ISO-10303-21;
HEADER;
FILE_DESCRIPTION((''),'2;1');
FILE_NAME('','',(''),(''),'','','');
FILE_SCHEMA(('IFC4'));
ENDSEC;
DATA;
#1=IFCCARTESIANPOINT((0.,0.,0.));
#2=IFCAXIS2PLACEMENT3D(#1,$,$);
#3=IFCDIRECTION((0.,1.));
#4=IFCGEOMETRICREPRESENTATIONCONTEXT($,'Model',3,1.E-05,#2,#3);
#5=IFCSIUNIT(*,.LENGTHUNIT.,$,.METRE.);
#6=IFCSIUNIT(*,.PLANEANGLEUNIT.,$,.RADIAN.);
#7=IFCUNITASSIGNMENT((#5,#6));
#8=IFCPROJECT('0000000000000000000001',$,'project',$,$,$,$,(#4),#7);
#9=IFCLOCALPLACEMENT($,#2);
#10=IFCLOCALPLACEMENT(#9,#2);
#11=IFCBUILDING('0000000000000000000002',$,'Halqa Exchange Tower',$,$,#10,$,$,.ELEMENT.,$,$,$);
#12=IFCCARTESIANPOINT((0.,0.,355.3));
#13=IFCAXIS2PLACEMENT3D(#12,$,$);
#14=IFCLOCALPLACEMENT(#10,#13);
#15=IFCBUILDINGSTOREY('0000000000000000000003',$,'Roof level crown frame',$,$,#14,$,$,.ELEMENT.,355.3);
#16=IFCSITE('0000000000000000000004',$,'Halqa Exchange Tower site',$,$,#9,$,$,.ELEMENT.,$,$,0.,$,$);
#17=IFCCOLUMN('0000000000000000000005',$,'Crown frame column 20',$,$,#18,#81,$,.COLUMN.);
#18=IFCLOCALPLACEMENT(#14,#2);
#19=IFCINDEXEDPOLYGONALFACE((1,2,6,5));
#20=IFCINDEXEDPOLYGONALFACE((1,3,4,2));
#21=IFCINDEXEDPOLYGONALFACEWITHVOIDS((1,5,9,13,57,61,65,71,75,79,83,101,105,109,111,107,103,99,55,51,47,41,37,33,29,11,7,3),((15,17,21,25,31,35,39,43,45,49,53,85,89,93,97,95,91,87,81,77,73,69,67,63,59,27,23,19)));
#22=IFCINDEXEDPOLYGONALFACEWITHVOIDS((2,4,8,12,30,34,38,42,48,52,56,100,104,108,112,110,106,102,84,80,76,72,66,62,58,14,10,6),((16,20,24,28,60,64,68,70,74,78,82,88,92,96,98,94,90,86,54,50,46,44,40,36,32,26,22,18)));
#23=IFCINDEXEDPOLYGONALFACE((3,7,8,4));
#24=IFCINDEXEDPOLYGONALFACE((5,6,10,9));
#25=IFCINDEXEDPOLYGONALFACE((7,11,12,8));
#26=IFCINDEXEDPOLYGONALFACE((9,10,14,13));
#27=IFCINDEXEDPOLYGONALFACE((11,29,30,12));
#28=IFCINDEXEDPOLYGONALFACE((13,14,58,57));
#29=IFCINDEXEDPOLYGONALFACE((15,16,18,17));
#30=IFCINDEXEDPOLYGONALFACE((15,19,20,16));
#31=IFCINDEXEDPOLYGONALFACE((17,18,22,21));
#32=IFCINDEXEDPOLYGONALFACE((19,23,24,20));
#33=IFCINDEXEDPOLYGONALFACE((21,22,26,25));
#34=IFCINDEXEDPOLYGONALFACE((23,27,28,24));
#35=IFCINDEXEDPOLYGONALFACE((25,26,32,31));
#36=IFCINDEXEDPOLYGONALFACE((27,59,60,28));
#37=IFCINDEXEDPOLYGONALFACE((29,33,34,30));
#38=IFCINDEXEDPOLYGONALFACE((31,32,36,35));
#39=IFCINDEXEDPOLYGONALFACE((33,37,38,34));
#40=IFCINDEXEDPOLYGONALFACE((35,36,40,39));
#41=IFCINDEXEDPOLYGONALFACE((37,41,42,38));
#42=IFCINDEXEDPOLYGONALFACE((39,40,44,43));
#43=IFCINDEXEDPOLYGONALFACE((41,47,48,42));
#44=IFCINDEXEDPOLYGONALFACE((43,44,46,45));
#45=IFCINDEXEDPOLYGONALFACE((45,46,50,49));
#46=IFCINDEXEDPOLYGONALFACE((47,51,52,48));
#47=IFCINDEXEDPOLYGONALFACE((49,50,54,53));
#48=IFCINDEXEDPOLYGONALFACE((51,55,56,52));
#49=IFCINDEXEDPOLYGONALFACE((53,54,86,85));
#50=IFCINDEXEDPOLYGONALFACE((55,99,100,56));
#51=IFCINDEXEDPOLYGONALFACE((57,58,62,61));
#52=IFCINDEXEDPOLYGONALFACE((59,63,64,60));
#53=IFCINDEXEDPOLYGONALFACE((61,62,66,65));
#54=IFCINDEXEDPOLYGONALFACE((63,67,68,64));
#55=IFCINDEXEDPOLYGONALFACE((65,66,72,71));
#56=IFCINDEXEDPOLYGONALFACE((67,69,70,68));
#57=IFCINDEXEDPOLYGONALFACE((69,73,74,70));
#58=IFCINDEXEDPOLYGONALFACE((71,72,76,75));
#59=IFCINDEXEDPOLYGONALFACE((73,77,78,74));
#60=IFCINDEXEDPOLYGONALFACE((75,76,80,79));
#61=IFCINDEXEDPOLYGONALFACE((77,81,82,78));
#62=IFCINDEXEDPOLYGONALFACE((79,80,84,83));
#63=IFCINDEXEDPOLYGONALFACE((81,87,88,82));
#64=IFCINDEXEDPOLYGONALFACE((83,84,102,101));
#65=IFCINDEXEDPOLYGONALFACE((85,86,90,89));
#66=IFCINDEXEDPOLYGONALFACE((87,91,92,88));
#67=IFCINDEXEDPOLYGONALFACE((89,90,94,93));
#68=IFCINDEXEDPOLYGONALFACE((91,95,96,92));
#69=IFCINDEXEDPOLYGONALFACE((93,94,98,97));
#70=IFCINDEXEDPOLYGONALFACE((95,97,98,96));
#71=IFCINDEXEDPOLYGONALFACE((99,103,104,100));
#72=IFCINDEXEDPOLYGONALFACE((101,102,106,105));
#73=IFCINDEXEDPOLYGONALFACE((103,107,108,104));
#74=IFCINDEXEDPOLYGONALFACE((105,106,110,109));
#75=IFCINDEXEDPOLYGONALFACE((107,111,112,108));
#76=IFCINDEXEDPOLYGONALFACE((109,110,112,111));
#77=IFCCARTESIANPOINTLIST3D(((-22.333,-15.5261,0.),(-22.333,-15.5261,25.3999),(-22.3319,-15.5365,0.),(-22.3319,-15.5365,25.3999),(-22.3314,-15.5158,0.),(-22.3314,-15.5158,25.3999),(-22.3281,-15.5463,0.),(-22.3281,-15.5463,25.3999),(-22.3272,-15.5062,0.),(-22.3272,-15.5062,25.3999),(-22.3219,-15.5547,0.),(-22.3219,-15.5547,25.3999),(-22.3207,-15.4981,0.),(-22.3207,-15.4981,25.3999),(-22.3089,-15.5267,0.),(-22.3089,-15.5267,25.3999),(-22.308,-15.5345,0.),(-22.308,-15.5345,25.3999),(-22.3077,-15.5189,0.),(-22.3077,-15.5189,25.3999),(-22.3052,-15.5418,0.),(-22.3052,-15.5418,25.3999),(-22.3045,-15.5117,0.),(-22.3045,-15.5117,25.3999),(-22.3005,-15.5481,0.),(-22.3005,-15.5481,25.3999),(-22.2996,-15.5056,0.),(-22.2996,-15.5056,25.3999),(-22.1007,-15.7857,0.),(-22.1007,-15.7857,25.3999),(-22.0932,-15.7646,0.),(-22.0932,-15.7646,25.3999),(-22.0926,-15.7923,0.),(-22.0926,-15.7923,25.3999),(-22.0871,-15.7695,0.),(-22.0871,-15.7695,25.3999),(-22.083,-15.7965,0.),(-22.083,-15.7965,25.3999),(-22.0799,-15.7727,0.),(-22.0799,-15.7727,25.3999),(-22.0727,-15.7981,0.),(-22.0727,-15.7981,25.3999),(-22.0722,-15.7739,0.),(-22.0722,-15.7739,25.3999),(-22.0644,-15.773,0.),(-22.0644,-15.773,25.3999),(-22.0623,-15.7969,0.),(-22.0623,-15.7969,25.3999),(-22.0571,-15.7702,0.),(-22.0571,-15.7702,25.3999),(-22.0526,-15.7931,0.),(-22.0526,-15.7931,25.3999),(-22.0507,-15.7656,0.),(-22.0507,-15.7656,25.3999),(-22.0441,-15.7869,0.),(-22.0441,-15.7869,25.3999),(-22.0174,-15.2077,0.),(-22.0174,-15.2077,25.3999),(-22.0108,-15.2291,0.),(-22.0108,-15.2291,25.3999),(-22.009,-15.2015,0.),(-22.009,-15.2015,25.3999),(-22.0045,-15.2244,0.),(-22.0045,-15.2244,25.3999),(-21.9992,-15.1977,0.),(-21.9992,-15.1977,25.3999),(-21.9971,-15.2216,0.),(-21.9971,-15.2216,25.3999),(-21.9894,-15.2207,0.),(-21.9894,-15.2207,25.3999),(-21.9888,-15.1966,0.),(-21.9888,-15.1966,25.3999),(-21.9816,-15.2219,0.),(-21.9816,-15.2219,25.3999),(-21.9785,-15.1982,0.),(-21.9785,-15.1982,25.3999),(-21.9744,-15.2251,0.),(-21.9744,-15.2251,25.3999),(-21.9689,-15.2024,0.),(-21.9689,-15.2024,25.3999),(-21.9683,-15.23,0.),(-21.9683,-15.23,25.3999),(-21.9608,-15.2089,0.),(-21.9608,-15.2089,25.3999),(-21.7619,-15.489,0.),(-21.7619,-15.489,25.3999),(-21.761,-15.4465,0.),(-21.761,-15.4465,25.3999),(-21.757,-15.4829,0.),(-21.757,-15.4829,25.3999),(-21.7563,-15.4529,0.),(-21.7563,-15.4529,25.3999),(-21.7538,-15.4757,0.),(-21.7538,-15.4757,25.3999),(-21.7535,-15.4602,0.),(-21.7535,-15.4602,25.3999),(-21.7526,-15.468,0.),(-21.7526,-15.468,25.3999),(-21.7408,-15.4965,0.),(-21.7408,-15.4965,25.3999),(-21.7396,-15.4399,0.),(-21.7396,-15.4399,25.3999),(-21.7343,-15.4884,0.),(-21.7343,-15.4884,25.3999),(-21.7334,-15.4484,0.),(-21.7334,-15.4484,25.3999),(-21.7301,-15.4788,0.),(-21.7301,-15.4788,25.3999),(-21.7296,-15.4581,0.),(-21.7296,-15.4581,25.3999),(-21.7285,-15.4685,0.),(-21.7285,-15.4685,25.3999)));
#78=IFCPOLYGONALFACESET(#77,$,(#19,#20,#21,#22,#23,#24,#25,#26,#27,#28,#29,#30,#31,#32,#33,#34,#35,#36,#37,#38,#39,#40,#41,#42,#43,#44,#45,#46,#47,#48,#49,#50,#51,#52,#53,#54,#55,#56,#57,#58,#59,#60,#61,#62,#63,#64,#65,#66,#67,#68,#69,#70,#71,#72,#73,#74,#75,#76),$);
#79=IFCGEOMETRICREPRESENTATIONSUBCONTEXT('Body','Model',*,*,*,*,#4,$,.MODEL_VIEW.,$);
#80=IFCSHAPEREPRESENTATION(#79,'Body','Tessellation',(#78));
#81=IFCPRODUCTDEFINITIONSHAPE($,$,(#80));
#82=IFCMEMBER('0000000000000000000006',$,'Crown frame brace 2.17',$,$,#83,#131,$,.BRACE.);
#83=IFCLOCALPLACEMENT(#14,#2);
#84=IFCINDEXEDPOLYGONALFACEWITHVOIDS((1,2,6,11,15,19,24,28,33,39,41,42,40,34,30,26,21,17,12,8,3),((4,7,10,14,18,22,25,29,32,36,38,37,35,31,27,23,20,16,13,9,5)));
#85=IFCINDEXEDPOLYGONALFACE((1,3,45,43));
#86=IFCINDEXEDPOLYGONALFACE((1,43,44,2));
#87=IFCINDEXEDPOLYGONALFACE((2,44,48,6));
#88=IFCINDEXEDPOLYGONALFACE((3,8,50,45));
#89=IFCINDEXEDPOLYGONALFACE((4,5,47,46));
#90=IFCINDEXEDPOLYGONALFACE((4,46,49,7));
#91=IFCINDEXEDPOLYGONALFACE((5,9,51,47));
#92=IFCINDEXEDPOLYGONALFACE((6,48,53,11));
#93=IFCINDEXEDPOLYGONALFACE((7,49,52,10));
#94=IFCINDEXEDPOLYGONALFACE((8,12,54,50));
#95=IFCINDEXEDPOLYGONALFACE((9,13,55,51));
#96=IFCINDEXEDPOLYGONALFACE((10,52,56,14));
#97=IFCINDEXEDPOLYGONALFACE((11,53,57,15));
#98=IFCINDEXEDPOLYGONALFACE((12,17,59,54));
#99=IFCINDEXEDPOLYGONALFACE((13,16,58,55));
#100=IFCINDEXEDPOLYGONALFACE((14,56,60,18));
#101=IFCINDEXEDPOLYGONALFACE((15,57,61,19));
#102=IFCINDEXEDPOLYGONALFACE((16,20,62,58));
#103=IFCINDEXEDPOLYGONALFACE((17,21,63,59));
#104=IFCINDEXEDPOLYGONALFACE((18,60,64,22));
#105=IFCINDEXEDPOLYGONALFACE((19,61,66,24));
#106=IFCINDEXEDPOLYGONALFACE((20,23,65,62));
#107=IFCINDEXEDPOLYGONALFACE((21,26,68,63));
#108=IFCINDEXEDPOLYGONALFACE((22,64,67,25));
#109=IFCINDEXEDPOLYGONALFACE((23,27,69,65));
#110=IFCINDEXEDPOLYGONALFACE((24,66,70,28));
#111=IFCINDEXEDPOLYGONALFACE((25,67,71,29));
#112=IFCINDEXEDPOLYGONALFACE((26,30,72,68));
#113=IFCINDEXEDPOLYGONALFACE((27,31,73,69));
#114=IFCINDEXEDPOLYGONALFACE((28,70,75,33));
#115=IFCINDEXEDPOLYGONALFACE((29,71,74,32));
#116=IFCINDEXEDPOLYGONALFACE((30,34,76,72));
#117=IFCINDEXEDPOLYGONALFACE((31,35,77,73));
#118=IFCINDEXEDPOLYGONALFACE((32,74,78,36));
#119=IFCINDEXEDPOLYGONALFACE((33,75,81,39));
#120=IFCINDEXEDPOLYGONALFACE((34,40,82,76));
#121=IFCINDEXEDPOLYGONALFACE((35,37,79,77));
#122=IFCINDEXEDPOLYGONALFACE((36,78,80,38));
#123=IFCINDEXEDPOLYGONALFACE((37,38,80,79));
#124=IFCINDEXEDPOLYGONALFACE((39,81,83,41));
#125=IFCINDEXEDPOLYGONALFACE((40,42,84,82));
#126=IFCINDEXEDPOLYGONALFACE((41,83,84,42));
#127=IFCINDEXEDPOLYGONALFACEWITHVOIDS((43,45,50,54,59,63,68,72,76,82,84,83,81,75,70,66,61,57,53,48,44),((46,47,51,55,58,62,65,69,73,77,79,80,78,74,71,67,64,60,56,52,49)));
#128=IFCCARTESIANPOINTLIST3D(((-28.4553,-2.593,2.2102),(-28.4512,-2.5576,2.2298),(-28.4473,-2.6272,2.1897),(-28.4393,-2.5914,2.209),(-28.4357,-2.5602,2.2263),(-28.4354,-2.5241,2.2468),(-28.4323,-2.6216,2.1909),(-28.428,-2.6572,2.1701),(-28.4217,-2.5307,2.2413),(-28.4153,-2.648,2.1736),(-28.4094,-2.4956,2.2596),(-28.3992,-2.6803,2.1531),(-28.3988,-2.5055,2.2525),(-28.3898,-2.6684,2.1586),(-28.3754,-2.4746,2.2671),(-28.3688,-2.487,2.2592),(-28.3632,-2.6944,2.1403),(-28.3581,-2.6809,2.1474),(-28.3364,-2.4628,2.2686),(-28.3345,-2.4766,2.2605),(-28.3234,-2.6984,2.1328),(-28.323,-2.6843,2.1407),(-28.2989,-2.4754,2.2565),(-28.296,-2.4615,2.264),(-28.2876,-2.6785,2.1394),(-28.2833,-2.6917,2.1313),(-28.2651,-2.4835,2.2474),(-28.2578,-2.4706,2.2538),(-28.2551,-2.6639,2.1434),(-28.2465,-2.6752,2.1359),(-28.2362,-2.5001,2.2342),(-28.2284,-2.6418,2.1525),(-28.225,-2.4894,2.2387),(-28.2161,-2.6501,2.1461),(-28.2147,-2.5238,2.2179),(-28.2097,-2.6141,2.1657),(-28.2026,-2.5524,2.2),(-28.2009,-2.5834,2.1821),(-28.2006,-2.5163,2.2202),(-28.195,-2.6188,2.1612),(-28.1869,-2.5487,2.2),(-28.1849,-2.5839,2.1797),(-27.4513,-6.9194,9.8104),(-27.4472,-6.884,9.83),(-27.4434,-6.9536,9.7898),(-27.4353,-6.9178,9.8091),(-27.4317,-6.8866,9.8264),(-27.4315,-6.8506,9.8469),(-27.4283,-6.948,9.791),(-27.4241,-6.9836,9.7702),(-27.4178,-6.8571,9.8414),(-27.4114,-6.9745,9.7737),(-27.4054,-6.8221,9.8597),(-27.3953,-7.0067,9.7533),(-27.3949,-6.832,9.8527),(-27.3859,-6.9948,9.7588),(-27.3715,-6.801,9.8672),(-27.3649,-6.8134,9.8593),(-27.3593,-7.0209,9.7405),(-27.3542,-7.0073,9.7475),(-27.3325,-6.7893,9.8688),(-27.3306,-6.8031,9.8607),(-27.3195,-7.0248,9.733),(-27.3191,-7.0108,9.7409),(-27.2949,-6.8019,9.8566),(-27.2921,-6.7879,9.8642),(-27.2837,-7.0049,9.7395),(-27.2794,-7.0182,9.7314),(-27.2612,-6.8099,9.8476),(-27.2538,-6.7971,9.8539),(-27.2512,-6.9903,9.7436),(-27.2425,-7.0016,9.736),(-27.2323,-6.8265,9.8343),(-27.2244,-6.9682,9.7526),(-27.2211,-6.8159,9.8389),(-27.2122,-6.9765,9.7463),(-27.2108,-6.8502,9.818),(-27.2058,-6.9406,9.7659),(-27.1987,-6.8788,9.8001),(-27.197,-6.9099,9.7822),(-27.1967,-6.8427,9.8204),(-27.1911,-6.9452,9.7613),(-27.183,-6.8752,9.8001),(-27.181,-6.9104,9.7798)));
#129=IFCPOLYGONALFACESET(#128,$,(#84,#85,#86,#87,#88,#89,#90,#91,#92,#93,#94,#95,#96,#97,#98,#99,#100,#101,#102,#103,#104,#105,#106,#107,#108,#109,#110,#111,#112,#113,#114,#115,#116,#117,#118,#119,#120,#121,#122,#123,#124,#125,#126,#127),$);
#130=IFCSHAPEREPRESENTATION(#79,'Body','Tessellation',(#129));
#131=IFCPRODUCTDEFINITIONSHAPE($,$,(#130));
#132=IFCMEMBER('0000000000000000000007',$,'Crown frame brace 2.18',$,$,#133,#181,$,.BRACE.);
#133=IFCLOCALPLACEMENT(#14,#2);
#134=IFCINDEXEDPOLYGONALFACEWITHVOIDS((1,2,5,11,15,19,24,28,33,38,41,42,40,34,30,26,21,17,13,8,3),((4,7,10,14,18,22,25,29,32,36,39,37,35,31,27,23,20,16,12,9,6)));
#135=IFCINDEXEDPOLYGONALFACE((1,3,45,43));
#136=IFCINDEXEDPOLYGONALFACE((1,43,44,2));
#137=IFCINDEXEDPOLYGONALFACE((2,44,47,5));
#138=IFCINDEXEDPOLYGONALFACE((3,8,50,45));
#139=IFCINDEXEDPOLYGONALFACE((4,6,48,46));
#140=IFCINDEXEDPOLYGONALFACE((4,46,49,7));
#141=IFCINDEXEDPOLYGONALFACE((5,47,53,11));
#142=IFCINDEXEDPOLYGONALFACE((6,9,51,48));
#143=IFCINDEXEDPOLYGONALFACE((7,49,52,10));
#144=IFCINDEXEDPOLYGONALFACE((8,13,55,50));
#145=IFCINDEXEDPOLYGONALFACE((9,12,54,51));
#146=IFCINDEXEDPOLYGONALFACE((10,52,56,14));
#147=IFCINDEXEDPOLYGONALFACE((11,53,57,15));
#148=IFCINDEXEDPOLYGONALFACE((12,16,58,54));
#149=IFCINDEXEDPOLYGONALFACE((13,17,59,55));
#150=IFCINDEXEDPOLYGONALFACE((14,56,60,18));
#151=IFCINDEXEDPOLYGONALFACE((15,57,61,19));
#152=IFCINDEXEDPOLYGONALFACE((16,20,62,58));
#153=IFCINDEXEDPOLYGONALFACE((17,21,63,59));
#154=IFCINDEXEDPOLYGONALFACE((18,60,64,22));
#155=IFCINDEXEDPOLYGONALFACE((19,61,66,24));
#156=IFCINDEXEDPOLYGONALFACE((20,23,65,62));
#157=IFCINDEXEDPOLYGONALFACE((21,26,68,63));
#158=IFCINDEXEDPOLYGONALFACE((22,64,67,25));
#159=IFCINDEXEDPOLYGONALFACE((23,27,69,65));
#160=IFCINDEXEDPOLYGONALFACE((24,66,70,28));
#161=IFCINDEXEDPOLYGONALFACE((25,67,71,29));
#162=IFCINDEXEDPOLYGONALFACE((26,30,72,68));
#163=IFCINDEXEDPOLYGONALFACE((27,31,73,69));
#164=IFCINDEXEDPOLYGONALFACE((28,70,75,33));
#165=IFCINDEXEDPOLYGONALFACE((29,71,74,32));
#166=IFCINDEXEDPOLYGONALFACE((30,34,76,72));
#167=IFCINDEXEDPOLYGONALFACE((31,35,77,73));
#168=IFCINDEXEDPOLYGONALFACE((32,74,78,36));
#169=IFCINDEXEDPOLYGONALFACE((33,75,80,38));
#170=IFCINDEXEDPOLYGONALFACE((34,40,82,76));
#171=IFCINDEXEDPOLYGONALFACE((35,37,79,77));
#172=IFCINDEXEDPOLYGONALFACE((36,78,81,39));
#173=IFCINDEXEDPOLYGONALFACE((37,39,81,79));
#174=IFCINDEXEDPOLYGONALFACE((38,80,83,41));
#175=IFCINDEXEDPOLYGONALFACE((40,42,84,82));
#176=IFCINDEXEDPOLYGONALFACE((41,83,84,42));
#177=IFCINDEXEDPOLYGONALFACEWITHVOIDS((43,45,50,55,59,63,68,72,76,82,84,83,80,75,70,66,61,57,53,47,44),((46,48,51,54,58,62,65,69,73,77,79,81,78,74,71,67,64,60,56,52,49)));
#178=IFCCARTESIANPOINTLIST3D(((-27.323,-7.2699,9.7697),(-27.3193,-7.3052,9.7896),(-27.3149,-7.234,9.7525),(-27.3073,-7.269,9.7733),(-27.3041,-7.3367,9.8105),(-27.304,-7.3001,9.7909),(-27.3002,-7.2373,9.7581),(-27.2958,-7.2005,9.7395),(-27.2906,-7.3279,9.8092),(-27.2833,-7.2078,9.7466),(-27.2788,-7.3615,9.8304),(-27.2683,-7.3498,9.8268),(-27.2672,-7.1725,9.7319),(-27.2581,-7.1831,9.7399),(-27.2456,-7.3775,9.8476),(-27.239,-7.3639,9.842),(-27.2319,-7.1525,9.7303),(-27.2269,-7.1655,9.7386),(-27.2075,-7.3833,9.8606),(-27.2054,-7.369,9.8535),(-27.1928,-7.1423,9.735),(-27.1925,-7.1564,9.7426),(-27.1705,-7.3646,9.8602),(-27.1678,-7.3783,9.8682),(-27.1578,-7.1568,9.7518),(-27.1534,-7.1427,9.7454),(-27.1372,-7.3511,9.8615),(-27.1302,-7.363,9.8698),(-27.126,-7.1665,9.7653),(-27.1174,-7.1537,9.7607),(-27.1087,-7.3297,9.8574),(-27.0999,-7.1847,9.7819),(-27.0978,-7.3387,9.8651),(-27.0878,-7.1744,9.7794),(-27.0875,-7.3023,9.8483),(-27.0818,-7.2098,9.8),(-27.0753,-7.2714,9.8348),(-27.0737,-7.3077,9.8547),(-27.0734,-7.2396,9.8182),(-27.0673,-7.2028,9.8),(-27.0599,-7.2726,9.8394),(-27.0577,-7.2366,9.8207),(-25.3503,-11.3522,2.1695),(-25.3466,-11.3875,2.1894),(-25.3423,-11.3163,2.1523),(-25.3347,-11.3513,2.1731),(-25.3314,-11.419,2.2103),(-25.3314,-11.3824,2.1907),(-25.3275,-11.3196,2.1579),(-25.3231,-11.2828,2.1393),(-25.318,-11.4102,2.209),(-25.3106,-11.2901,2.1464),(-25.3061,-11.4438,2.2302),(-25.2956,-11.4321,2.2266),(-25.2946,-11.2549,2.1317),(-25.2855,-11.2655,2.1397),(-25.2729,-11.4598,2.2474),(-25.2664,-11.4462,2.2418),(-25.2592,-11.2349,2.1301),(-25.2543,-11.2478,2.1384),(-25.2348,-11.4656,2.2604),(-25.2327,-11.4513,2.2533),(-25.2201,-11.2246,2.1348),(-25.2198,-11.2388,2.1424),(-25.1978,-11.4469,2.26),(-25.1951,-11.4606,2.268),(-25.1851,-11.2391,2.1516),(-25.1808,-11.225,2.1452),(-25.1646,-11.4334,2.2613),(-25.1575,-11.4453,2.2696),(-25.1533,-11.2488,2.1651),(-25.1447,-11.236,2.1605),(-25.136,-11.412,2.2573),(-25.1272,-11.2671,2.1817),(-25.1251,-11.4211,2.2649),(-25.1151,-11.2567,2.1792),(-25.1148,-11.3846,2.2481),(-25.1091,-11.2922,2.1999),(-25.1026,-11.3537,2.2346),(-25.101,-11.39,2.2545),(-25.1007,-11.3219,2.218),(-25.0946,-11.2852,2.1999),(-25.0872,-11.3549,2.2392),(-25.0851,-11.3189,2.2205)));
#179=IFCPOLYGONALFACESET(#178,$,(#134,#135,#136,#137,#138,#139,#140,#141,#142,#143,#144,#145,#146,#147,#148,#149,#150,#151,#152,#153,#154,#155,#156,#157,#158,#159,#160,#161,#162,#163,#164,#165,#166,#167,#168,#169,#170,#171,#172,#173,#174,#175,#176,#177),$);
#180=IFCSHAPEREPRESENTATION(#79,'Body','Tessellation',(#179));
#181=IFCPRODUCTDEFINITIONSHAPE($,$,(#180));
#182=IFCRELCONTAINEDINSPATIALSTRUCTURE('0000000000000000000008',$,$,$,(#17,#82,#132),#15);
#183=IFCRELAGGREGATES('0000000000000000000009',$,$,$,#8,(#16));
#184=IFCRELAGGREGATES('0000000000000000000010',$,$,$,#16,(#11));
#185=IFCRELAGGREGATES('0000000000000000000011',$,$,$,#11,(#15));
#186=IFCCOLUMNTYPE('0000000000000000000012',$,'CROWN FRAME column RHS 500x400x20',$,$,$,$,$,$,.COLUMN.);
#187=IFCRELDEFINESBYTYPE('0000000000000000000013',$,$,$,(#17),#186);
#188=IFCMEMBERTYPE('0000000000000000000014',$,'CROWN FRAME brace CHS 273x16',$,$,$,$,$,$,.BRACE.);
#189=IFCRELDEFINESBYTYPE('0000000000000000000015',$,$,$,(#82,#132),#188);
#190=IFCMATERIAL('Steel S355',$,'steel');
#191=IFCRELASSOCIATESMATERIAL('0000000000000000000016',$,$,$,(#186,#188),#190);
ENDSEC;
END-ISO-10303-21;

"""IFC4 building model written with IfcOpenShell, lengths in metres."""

from ifc_helpers import new_model, si_unit, direction, frame, origin, origin_2d, place, context, subcontext, project, spatial, hollow_rectangle, hollow_circle, extrude, material, material_profile, profile_set, type_object, element, save


model = new_model("IFC4")

# Units and contexts
model_context = context("Model", 3, precision=1e-05, world=origin(), true_north=direction((0.0, 1.0)))
body_context = subcontext(model_context, "Body", "Model", "MODEL_VIEW")
ifc_project = project(units=[si_unit("LENGTHUNIT", "METRE"), si_unit("PLANEANGLEUNIT", "RADIAN")], contexts=[model_context])

# Site, building, storey
site_placement = place(None, origin())
site = spatial("IfcSite", under=ifc_project, at=site_placement, Name="Halqa Exchange Tower site", CompositionType="ELEMENT", RefElevation=0.0)
building_placement = place(site_placement, origin())
building = spatial("IfcBuilding", under=site, at=building_placement, Name="Halqa Exchange Tower", CompositionType="ELEMENT")
storey_placement = place(building_placement, frame((0.0, 0.0, 355.3)))
storey = spatial("IfcBuildingStorey", under=building, at=storey_placement, Name="Roof level crown frame", CompositionType="ELEMENT", Elevation=355.3)

# Column
ifc_material_1 = material(Name="Steel S355", Category="steel")
ifc_material_profile_1 = material_profile(ifc_material_1, hollow_rectangle(XDim=0.3999, YDim=0.5, WallThickness=0.02, InnerFilletRadius=0.03, OuterFilletRadius=0.04, at=origin_2d()), Name="RHS 500x400x20")
ifc_profile_set_1 = profile_set([ifc_material_profile_1], Name="Steel S355")
column_type = type_object("IfcColumnType", Name="CROWN FRAME column RHS 500x400x20", PredefinedType="COLUMN", material=ifc_profile_set_1)
for number, where, z_axis, x_axis, name in (
    (1, (-22.0308, -15.4973, 0.0), (0.0, 0.0, 1.0), (0.691579, -0.722301, 0.0), "Crown frame column 20"),
):
    element("IfcColumn", number, at=place(storey_placement, frame(where, z_axis=z_axis, x_axis=x_axis)), inside=storey, type_object=column_type, Name=name, PredefinedType="COLUMN", context=body_context, shape_type="SweptSolid", body=[
        extrude(hollow_rectangle(XDim=0.3999, YDim=0.5, WallThickness=0.02, InnerFilletRadius=0.03, OuterFilletRadius=0.04, at=origin_2d()), origin(), (0.0, 0.0, 1.0), 25.3999),
    ])

# Members
ifc_material_profile_2 = material_profile(ifc_material_1, hollow_circle(Radius=0.1365, WallThickness=0.0161, at=origin_2d()), Name="CHS 273x16")
ifc_profile_set_2 = profile_set([ifc_material_profile_2], Name="Steel S355")
member_type = type_object("IfcMemberType", Name="CROWN FRAME brace CHS 273x16", PredefinedType="BRACE", material=ifc_profile_set_2)
member_1_placement = place(storey_placement, frame((-28.3198, -2.5796, 2.2), z_axis=(0.114046, -0.491488, 0.863384), x_axis=(0.974119, 0.226036, 0.0)))
element("IfcMember", 2, at=member_1_placement, inside=storey, type_object=member_type, Name="Crown frame brace 2.17", PredefinedType="BRACE", context=body_context, shape_type="SweptSolid", body=[
    extrude(hollow_circle(Radius=0.1365, WallThickness=0.0161, at=origin_2d()), origin(), (0.0, 0.0, 1.0), 8.8027),
])
member_2_placement = place(storey_placement, frame((-27.1902, -7.2622, 9.8), z_axis=(0.222906, -0.461288, -0.858794), x_axis=(0.900387, 0.435089, 0.0)))
element("IfcMember", 3, at=member_2_placement, inside=storey, type_object=member_type, Name="Crown frame brace 2.18", PredefinedType="BRACE", context=body_context, shape_type="SweptSolid", body=[
    extrude(hollow_circle(Radius=0.1365, WallThickness=0.0161, at=origin_2d()), origin(), (0.0, 0.0, 1.0), 8.8499),
])

save(model, "model.ifc")
